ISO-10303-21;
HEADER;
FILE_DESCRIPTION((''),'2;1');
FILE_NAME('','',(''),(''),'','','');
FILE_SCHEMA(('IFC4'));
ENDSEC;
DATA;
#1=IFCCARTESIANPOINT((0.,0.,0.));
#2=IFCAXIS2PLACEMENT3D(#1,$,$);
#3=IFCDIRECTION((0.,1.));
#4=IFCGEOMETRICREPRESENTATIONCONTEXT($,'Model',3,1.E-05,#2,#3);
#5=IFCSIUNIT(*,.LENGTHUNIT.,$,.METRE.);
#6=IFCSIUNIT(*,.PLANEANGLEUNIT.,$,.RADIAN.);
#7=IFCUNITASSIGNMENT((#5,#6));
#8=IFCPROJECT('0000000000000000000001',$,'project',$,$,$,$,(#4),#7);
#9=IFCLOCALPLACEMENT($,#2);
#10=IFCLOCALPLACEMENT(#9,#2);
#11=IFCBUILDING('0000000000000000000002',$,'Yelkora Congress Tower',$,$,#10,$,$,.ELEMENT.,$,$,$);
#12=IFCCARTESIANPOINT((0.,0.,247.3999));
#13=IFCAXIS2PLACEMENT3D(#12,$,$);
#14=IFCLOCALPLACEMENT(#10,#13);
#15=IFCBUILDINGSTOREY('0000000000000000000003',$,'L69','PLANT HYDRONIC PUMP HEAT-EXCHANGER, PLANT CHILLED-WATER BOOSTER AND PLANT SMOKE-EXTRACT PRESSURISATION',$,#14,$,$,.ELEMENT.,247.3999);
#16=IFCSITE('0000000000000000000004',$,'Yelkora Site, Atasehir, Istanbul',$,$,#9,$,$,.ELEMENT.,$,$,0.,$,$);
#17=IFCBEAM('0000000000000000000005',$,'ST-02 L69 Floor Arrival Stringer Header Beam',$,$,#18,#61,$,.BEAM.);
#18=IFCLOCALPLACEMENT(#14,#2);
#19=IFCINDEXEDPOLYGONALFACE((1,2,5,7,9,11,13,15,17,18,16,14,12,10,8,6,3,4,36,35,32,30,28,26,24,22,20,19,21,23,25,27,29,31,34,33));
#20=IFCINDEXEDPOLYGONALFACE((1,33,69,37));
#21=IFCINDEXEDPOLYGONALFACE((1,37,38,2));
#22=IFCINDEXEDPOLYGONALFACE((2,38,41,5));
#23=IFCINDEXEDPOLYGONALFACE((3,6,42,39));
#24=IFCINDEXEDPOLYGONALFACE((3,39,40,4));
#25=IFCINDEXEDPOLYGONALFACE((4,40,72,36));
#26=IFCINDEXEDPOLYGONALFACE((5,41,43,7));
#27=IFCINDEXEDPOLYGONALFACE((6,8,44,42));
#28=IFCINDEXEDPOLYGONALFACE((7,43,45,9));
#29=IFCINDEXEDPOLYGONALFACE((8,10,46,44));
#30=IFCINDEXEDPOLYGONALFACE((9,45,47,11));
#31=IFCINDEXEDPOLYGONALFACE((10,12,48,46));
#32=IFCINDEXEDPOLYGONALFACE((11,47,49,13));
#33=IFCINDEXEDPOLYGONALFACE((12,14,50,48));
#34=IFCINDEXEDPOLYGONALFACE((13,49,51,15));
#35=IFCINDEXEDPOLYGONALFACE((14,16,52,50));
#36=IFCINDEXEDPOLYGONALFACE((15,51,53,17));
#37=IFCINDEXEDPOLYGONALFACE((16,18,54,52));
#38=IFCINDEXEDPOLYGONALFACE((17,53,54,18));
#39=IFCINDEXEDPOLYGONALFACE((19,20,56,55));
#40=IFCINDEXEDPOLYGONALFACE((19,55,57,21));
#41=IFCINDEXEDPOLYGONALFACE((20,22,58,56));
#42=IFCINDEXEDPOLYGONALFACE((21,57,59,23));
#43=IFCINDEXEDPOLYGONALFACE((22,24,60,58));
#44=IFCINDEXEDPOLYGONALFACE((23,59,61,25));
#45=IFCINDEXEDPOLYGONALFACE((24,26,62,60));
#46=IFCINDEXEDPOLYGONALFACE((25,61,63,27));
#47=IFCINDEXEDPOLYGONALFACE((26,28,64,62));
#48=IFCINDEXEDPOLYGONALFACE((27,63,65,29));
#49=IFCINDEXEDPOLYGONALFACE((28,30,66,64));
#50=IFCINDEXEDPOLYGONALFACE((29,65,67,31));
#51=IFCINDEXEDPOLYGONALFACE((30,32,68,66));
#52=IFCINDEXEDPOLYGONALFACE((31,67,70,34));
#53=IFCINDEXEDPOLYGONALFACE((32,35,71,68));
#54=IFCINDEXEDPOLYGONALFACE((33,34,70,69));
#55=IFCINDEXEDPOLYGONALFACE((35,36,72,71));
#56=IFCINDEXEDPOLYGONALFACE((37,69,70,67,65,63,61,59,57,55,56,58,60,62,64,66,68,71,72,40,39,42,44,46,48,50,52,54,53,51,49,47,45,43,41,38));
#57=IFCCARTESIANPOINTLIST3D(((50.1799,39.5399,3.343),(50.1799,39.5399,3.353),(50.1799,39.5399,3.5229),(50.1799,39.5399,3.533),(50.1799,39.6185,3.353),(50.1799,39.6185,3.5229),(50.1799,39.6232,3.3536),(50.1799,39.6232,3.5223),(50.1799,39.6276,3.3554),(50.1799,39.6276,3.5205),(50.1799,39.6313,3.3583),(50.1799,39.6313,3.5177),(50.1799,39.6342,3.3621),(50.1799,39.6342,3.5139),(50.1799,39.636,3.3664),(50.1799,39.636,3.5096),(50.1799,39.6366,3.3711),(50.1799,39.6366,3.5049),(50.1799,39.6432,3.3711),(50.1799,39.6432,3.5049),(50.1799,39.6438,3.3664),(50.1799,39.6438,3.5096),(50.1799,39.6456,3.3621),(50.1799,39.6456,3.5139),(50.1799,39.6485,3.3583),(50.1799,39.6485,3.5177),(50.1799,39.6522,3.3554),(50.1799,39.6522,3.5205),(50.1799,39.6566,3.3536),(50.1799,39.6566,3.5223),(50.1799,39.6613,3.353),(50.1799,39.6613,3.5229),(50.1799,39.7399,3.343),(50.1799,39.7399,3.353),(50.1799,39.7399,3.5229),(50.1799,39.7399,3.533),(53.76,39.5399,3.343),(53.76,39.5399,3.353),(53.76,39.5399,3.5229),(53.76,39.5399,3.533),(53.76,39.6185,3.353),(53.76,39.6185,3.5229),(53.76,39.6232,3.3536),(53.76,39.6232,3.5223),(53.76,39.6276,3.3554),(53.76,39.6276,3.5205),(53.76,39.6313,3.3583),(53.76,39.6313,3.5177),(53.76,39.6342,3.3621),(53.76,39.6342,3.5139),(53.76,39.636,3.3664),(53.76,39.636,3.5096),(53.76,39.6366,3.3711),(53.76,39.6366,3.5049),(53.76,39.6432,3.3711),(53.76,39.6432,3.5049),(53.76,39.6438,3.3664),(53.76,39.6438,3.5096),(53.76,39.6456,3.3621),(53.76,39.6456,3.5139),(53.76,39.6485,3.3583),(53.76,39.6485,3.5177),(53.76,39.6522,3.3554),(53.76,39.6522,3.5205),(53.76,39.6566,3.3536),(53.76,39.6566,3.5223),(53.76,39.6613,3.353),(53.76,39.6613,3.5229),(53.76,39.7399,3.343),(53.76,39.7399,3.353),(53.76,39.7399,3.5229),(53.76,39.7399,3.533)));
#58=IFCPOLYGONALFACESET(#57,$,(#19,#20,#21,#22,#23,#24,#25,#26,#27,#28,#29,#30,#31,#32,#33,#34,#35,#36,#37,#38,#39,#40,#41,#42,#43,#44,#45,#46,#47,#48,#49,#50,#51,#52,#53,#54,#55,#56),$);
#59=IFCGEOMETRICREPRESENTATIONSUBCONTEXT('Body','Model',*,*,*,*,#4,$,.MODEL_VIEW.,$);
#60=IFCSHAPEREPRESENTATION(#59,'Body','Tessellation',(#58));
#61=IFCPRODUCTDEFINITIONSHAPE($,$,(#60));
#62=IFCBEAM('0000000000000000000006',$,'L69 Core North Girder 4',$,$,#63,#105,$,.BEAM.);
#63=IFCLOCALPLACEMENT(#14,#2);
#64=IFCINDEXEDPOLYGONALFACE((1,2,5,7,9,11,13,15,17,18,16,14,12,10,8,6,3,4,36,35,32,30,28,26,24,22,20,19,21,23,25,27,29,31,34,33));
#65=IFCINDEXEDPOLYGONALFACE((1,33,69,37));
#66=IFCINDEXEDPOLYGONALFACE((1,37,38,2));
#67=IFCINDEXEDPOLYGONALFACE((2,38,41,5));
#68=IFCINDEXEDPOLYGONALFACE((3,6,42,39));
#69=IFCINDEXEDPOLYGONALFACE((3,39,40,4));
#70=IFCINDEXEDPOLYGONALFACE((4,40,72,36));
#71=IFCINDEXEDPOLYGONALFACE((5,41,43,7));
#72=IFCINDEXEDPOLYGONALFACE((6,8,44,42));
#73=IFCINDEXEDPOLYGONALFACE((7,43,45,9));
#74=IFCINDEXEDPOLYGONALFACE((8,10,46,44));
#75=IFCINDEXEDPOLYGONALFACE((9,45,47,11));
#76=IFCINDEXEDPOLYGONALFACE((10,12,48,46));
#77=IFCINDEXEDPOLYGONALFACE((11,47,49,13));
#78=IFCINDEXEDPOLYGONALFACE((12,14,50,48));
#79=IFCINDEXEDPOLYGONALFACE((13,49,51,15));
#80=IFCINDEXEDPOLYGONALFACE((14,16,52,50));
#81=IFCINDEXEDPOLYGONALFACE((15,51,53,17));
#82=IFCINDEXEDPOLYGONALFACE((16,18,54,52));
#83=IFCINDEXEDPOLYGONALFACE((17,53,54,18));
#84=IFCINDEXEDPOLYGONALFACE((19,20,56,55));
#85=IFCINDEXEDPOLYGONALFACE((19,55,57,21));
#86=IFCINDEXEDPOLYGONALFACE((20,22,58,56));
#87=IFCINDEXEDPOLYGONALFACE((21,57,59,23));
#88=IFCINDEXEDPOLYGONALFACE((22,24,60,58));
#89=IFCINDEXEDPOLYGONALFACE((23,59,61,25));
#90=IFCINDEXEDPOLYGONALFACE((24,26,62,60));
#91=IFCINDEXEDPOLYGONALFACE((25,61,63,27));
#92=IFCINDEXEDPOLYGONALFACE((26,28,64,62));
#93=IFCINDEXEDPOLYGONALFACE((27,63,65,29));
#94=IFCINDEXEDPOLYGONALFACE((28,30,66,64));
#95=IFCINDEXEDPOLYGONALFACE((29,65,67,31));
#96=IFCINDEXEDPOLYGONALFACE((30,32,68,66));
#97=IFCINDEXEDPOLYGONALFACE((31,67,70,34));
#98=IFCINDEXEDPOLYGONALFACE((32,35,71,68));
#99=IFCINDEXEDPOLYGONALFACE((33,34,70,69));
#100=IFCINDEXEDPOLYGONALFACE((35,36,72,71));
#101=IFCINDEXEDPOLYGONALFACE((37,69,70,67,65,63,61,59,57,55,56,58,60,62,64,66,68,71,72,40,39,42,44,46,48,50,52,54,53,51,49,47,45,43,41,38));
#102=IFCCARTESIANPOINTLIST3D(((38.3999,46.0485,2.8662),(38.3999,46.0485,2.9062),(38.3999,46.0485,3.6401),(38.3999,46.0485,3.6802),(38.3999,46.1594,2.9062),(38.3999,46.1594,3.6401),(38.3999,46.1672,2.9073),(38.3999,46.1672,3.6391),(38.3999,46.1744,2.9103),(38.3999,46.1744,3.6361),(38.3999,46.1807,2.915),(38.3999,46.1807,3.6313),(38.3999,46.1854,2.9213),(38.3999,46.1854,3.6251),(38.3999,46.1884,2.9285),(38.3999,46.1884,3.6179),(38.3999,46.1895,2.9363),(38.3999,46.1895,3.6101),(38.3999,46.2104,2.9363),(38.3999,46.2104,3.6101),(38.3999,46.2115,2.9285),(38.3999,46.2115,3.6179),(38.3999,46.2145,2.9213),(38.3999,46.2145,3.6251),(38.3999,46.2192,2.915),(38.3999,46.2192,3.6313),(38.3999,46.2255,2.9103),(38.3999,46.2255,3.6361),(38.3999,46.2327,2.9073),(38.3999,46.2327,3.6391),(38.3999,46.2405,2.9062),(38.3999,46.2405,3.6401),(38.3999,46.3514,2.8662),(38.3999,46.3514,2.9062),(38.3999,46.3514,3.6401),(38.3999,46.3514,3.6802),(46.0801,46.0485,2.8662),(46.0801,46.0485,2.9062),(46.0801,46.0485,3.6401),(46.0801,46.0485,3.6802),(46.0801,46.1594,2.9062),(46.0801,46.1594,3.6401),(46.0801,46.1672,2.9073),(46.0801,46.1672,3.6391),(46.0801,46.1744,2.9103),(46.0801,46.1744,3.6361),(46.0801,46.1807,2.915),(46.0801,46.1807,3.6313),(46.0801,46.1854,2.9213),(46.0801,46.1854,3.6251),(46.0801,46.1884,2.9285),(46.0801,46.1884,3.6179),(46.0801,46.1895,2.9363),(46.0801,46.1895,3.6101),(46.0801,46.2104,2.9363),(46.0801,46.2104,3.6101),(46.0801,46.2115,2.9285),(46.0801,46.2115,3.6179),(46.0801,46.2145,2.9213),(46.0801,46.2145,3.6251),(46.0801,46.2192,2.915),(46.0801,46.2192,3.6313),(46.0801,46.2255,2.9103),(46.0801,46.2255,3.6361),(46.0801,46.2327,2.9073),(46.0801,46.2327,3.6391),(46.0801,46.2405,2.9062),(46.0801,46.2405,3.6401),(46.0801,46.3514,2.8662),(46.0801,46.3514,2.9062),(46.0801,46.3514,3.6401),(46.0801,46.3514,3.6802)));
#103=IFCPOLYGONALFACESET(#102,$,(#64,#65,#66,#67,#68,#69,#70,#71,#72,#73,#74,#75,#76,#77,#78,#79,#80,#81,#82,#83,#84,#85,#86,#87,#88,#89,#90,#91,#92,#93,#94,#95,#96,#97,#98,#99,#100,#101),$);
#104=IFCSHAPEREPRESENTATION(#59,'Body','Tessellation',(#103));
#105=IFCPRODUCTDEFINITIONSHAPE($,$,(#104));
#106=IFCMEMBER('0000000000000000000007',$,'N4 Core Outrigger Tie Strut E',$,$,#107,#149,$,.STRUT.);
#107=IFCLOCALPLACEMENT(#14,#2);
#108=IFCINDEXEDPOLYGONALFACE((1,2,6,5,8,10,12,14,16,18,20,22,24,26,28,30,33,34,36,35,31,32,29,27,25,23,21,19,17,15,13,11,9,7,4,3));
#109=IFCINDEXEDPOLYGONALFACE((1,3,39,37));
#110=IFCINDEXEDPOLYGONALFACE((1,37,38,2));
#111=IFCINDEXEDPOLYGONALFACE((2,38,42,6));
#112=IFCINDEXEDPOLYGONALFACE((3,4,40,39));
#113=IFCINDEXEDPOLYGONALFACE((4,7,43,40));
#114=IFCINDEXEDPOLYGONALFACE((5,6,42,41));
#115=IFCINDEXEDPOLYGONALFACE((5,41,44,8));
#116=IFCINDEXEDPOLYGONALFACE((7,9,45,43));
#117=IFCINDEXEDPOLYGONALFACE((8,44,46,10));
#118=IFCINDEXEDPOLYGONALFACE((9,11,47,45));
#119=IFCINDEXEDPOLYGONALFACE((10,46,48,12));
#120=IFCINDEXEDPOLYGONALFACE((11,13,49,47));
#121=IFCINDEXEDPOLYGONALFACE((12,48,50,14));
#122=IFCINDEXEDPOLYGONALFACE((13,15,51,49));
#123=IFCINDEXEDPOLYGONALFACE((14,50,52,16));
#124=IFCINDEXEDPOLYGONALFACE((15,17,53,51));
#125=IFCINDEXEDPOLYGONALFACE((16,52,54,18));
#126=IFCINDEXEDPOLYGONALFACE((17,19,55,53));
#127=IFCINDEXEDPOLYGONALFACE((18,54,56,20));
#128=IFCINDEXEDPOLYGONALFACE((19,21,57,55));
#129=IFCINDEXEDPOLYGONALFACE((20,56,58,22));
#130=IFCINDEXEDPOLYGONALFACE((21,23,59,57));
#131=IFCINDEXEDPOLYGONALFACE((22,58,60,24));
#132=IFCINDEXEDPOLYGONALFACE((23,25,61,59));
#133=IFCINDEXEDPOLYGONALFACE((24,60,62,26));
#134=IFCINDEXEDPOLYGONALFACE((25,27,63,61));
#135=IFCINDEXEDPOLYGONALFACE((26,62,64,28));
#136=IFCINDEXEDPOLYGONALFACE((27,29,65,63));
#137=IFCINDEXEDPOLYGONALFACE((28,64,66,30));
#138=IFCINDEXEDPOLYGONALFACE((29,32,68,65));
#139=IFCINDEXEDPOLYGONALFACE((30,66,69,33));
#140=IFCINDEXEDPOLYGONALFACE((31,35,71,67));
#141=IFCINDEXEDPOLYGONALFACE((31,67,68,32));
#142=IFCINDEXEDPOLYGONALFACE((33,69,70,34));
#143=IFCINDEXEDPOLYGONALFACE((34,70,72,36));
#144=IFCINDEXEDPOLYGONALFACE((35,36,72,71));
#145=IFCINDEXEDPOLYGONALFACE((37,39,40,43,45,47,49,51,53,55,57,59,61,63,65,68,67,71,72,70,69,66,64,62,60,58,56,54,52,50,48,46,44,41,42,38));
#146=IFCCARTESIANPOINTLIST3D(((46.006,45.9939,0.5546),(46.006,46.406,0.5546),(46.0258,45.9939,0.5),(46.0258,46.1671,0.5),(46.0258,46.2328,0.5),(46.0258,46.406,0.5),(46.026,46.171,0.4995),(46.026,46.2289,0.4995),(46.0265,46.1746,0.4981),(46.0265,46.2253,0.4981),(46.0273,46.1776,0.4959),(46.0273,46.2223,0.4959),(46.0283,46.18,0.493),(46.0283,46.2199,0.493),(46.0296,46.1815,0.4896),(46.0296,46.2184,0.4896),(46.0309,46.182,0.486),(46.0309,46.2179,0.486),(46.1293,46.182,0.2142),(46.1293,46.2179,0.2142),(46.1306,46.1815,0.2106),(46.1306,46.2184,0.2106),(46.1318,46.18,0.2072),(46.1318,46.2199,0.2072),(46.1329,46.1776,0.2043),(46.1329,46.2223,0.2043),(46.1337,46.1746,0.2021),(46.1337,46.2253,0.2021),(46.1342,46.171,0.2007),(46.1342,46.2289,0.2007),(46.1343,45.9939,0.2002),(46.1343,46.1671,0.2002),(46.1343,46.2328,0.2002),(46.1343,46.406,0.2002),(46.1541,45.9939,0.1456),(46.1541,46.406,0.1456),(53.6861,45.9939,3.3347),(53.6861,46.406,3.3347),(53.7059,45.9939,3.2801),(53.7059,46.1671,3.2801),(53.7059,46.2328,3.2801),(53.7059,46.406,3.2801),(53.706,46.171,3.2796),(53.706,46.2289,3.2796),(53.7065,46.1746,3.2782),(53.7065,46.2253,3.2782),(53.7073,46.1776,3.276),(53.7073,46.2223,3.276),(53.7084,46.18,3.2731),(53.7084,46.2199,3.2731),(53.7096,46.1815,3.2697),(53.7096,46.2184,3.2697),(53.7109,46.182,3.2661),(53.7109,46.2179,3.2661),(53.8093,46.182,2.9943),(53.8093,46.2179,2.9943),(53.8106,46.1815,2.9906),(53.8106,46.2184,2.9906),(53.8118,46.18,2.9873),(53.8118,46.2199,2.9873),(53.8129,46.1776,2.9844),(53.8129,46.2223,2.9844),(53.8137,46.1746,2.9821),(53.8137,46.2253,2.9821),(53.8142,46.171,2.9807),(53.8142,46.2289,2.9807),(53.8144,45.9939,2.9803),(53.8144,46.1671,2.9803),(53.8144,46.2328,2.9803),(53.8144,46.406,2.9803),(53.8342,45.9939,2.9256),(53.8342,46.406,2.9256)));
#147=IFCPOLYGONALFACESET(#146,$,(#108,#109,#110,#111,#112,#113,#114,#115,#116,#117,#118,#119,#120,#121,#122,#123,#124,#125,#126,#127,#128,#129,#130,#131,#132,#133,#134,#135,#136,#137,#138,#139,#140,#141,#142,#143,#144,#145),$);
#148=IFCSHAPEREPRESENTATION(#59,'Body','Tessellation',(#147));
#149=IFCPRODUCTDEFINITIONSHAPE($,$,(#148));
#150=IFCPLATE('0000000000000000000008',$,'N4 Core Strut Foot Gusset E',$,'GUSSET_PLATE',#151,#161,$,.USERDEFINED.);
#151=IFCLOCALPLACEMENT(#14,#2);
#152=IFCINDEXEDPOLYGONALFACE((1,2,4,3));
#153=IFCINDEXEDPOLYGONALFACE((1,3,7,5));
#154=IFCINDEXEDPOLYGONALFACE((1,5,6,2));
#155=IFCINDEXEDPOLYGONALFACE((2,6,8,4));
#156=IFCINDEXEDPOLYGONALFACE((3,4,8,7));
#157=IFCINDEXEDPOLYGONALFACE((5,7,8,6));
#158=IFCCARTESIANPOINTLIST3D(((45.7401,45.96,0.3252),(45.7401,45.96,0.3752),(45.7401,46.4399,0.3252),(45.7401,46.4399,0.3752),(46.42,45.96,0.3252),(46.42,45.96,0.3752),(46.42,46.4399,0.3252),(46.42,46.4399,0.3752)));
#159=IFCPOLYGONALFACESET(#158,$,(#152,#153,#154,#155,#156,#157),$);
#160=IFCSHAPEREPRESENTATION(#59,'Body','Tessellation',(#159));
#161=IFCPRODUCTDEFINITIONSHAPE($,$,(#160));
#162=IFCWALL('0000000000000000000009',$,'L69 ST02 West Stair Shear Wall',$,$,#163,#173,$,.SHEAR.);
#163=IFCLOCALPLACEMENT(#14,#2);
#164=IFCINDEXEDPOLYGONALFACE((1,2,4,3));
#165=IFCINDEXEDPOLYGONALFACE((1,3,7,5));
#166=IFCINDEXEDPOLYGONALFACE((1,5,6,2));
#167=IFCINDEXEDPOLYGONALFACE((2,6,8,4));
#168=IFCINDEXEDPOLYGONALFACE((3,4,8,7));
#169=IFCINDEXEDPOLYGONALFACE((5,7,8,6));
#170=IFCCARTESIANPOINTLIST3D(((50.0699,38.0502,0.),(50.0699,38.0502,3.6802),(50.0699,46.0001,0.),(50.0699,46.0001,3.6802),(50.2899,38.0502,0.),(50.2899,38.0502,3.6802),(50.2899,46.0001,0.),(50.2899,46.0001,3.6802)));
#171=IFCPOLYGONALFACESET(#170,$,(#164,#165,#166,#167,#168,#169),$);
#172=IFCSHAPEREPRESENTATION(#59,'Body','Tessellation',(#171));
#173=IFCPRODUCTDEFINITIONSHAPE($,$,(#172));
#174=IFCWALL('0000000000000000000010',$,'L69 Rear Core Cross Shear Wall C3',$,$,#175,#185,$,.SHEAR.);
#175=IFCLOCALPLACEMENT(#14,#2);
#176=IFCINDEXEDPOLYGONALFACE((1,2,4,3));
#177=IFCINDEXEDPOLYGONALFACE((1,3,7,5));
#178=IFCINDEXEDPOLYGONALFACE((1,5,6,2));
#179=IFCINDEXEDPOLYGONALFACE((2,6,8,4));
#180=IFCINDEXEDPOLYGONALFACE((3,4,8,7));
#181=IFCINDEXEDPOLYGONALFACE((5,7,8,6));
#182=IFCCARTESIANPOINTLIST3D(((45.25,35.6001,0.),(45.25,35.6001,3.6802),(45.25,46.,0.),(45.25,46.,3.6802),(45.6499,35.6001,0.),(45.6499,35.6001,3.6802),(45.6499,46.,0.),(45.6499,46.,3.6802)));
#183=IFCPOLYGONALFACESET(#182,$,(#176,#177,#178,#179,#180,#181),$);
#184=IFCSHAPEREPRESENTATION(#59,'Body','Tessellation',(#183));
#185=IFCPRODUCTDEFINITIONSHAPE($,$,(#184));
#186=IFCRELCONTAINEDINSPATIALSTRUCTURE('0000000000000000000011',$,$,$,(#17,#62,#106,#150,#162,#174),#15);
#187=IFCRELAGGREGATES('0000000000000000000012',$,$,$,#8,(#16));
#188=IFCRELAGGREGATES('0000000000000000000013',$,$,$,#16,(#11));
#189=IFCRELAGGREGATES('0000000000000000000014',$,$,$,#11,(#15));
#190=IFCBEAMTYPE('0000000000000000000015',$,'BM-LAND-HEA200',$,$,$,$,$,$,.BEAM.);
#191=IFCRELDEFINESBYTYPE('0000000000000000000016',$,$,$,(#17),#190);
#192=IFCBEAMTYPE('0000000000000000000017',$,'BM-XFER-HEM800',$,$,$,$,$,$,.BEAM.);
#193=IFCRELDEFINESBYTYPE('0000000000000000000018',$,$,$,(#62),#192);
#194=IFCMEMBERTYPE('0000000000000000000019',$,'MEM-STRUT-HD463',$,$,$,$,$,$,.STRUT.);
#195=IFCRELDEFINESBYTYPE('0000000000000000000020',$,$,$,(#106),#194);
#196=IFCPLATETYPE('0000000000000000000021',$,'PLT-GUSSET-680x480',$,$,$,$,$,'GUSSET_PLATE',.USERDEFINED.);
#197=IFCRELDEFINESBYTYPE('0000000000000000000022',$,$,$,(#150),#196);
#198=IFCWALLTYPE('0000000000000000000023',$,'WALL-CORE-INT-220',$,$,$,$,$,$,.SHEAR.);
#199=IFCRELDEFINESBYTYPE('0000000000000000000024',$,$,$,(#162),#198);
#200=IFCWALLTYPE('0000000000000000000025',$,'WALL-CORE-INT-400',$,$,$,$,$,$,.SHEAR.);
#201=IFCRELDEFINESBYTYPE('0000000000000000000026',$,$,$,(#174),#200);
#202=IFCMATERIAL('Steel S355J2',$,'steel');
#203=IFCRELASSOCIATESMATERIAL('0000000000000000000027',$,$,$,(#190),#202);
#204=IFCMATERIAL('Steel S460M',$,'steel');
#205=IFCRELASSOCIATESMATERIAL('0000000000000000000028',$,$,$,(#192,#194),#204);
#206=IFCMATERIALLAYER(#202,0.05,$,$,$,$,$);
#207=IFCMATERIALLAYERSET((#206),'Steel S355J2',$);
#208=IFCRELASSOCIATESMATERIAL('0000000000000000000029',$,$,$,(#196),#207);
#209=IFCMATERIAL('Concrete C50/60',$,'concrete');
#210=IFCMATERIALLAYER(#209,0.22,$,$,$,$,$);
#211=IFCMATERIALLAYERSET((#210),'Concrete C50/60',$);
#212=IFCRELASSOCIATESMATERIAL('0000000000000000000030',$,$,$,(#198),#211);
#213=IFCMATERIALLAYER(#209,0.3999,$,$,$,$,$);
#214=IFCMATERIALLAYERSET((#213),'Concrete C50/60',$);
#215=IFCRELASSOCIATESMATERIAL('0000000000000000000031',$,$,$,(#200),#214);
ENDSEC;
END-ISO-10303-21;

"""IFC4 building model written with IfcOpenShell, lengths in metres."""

from ifc_helpers import new_model, si_unit, direction, frame, frame_2d, origin, origin_2d, place, context, subcontext, project, spatial, rectangle, i_section, extrude, material, layer, layer_set, material_profile, profile_set, type_object, element, save


model = new_model("IFC4")

# Units and contexts
model_context = context("Model", 3, precision=1e-05, world=origin(), true_north=direction((0.0, 1.0)))
body_context = subcontext(model_context, "Body", "Model", "MODEL_VIEW")
ifc_project = project(units=[si_unit("LENGTHUNIT", "METRE"), si_unit("PLANEANGLEUNIT", "RADIAN")], contexts=[model_context])

# Site, building, storey
site_placement = place(None, origin())
site = spatial("IfcSite", under=ifc_project, at=site_placement, Name="Yelkora Site, Atasehir, Istanbul", CompositionType="ELEMENT", RefElevation=0.0)
building_placement = place(site_placement, origin())
building = spatial("IfcBuilding", under=site, at=building_placement, Name="Yelkora Congress Tower", CompositionType="ELEMENT")
storey_placement = place(building_placement, frame((0.0, 0.0, 247.3999)))
storey = spatial("IfcBuildingStorey", under=building, at=storey_placement, Name="L69", Description="PLANT HYDRONIC PUMP HEAT-EXCHANGER, PLANT CHILLED-WATER BOOSTER AND PLANT SMOKE-EXTRACT PRESSURISATION", CompositionType="ELEMENT", Elevation=247.3999)

# Shared definitions
ifc_material_1 = material(Name="Steel S460M", Category="steel")

# Beams
ifc_material_2 = material(Name="Steel S355J2", Category="steel")
ifc_material_profile_1 = material_profile(ifc_material_2, i_section(OverallWidth=0.2, OverallDepth=0.1899, WebThickness=0.0066, FlangeThickness=0.01, FilletRadius=0.0181, at=origin_2d()), Name="HEA 200")
ifc_profile_set_1 = profile_set([ifc_material_profile_1], Name="Steel S355J2")
beam_type_1 = type_object("IfcBeamType", Name="BM-LAND-HEA200", PredefinedType="BEAM", material=ifc_profile_set_1)
for number, where, z_axis, x_axis, name in (
    (1, (50.1799, 39.6399, 3.438), (1.0, 0.0, 0.0), (0.0, 1.0, 0.0), "ST-02 L69 Floor Arrival Stringer Header Beam"),
):
    element("IfcBeam", number, at=place(storey_placement, frame(where, z_axis=z_axis, x_axis=x_axis)), inside=storey, type_object=beam_type_1, Name=name, PredefinedType="BEAM", context=body_context, shape_type="SweptSolid", body=[
        extrude(i_section(OverallWidth=0.2, OverallDepth=0.1899, WebThickness=0.0066, FlangeThickness=0.01, FilletRadius=0.0181, at=origin_2d()), origin(), (0.0, 0.0, 1.0), 3.5801),
    ])
ifc_material_profile_2 = material_profile(ifc_material_1, i_section(OverallWidth=0.303, OverallDepth=0.814, WebThickness=0.021, FlangeThickness=0.04, FilletRadius=0.03, at=origin_2d()), Name="HEM 800")
ifc_profile_set_2 = profile_set([ifc_material_profile_2], Name="Steel S460M")
beam_type_2 = type_object("IfcBeamType", Name="BM-XFER-HEM800", PredefinedType="BEAM", material=ifc_profile_set_2)
beam_placement = place(storey_placement, frame((38.3999, 46.2, 3.2732), z_axis=(1.0, 0.0, 0.0), x_axis=(0.0, 1.0, 0.0)))
element("IfcBeam", 2, at=beam_placement, inside=storey, type_object=beam_type_2, Name="L69 Core North Girder 4", PredefinedType="BEAM", context=body_context, shape_type="SweptSolid", body=[
    extrude(i_section(OverallWidth=0.303, OverallDepth=0.814, WebThickness=0.021, FlangeThickness=0.04, FilletRadius=0.03, at=origin_2d()), origin(), (0.0, 0.0, 1.0), 7.6802),
])

# Member
ifc_material_profile_3 = material_profile(ifc_material_1, i_section(OverallWidth=0.4121, OverallDepth=0.4351, WebThickness=0.0359, FlangeThickness=0.0581, FilletRadius=0.0149, at=origin_2d()), Name="HD 400x463")
ifc_profile_set_3 = profile_set([ifc_material_profile_3], Name="Steel S460M")
member_type = type_object("IfcMemberType", Name="MEM-STRUT-HD463", PredefinedType="STRUT", material=ifc_profile_set_3)
member_placement = place(storey_placement, frame((46.0801, 46.2, 0.3501), z_axis=(0.940291, 0.0, 0.340372), x_axis=(0.0, 1.0, 0.0)))
element("IfcMember", 3, at=member_placement, inside=storey, type_object=member_type, Name="N4 Core Outrigger Tie Strut E", PredefinedType="STRUT", context=body_context, shape_type="SweptSolid", body=[
    extrude(i_section(OverallWidth=0.4121, OverallDepth=0.4351, WebThickness=0.0359, FlangeThickness=0.0581, FilletRadius=0.0149, at=origin_2d()), origin(), (0.0, 0.0, 1.0), 8.1677),
])

# Plate
ifc_layer_1 = layer(ifc_material_2, 0.05)
ifc_layer_set_1 = layer_set([ifc_layer_1], Name="Steel S355J2")
plate_type = type_object("IfcPlateType", Name="PLT-GUSSET-680x480", ElementType="GUSSET_PLATE", PredefinedType="USERDEFINED", material=ifc_layer_set_1)
plate_placement = place(storey_placement, frame((46.0801, 46.2, 0.3252), z_axis=(0.0, 0.0, 1.0), x_axis=(1.0, 0.0, 0.0)))
element("IfcPlate", 4, at=plate_placement, inside=storey, type_object=plate_type, Name="N4 Core Strut Foot Gusset E", ObjectType="GUSSET_PLATE", PredefinedType="USERDEFINED", context=body_context, shape_type="SweptSolid", body=[
    extrude(rectangle(XDim=0.6799, YDim=0.48, at=origin_2d()), origin(), (0.0, 0.0, 1.0), 0.05),
])

# Walls
ifc_material_3 = material(Name="Concrete C50/60", Category="concrete")
ifc_layer_2 = layer(ifc_material_3, 0.22)
ifc_layer_set_2 = layer_set([ifc_layer_2], Name="Concrete C50/60")
wall_type_1 = type_object("IfcWallType", Name="WALL-CORE-INT-220", PredefinedType="SHEAR", material=ifc_layer_set_2)
wall_1_placement = place(storey_placement, frame((50.1799, 38.05, 0.0), z_axis=(0.0, 0.0, 1.0), x_axis=(0.0, 1.0, 0.0)))
element("IfcWall", 5, at=wall_1_placement, inside=storey, type_object=wall_type_1, Name="L69 ST02 West Stair Shear Wall", PredefinedType="SHEAR", context=body_context, shape_type="SweptSolid", body=[
    extrude(rectangle(XDim=7.95, YDim=0.22, at=frame_2d((3.9751, 0.0))), origin(), (0.0, 0.0, 1.0), 3.6802),
])
ifc_layer_3 = layer(ifc_material_3, 0.3999)
ifc_layer_set_3 = layer_set([ifc_layer_3], Name="Concrete C50/60")
wall_type_2 = type_object("IfcWallType", Name="WALL-CORE-INT-400", PredefinedType="SHEAR", material=ifc_layer_set_3)
wall_2_placement = place(storey_placement, frame((45.45, 35.6001, 0.0), z_axis=(0.0, 0.0, 1.0), x_axis=(0.0, 1.0, 0.0)))
element("IfcWall", 6, at=wall_2_placement, inside=storey, type_object=wall_type_2, Name="L69 Rear Core Cross Shear Wall C3", PredefinedType="SHEAR", context=body_context, shape_type="SweptSolid", body=[
    extrude(rectangle(XDim=10.3999, YDim=0.3999, at=frame_2d((5.2, 0.0))), origin(), (0.0, 0.0, 1.0), 3.6802),
])

save(model, "model.ifc")
